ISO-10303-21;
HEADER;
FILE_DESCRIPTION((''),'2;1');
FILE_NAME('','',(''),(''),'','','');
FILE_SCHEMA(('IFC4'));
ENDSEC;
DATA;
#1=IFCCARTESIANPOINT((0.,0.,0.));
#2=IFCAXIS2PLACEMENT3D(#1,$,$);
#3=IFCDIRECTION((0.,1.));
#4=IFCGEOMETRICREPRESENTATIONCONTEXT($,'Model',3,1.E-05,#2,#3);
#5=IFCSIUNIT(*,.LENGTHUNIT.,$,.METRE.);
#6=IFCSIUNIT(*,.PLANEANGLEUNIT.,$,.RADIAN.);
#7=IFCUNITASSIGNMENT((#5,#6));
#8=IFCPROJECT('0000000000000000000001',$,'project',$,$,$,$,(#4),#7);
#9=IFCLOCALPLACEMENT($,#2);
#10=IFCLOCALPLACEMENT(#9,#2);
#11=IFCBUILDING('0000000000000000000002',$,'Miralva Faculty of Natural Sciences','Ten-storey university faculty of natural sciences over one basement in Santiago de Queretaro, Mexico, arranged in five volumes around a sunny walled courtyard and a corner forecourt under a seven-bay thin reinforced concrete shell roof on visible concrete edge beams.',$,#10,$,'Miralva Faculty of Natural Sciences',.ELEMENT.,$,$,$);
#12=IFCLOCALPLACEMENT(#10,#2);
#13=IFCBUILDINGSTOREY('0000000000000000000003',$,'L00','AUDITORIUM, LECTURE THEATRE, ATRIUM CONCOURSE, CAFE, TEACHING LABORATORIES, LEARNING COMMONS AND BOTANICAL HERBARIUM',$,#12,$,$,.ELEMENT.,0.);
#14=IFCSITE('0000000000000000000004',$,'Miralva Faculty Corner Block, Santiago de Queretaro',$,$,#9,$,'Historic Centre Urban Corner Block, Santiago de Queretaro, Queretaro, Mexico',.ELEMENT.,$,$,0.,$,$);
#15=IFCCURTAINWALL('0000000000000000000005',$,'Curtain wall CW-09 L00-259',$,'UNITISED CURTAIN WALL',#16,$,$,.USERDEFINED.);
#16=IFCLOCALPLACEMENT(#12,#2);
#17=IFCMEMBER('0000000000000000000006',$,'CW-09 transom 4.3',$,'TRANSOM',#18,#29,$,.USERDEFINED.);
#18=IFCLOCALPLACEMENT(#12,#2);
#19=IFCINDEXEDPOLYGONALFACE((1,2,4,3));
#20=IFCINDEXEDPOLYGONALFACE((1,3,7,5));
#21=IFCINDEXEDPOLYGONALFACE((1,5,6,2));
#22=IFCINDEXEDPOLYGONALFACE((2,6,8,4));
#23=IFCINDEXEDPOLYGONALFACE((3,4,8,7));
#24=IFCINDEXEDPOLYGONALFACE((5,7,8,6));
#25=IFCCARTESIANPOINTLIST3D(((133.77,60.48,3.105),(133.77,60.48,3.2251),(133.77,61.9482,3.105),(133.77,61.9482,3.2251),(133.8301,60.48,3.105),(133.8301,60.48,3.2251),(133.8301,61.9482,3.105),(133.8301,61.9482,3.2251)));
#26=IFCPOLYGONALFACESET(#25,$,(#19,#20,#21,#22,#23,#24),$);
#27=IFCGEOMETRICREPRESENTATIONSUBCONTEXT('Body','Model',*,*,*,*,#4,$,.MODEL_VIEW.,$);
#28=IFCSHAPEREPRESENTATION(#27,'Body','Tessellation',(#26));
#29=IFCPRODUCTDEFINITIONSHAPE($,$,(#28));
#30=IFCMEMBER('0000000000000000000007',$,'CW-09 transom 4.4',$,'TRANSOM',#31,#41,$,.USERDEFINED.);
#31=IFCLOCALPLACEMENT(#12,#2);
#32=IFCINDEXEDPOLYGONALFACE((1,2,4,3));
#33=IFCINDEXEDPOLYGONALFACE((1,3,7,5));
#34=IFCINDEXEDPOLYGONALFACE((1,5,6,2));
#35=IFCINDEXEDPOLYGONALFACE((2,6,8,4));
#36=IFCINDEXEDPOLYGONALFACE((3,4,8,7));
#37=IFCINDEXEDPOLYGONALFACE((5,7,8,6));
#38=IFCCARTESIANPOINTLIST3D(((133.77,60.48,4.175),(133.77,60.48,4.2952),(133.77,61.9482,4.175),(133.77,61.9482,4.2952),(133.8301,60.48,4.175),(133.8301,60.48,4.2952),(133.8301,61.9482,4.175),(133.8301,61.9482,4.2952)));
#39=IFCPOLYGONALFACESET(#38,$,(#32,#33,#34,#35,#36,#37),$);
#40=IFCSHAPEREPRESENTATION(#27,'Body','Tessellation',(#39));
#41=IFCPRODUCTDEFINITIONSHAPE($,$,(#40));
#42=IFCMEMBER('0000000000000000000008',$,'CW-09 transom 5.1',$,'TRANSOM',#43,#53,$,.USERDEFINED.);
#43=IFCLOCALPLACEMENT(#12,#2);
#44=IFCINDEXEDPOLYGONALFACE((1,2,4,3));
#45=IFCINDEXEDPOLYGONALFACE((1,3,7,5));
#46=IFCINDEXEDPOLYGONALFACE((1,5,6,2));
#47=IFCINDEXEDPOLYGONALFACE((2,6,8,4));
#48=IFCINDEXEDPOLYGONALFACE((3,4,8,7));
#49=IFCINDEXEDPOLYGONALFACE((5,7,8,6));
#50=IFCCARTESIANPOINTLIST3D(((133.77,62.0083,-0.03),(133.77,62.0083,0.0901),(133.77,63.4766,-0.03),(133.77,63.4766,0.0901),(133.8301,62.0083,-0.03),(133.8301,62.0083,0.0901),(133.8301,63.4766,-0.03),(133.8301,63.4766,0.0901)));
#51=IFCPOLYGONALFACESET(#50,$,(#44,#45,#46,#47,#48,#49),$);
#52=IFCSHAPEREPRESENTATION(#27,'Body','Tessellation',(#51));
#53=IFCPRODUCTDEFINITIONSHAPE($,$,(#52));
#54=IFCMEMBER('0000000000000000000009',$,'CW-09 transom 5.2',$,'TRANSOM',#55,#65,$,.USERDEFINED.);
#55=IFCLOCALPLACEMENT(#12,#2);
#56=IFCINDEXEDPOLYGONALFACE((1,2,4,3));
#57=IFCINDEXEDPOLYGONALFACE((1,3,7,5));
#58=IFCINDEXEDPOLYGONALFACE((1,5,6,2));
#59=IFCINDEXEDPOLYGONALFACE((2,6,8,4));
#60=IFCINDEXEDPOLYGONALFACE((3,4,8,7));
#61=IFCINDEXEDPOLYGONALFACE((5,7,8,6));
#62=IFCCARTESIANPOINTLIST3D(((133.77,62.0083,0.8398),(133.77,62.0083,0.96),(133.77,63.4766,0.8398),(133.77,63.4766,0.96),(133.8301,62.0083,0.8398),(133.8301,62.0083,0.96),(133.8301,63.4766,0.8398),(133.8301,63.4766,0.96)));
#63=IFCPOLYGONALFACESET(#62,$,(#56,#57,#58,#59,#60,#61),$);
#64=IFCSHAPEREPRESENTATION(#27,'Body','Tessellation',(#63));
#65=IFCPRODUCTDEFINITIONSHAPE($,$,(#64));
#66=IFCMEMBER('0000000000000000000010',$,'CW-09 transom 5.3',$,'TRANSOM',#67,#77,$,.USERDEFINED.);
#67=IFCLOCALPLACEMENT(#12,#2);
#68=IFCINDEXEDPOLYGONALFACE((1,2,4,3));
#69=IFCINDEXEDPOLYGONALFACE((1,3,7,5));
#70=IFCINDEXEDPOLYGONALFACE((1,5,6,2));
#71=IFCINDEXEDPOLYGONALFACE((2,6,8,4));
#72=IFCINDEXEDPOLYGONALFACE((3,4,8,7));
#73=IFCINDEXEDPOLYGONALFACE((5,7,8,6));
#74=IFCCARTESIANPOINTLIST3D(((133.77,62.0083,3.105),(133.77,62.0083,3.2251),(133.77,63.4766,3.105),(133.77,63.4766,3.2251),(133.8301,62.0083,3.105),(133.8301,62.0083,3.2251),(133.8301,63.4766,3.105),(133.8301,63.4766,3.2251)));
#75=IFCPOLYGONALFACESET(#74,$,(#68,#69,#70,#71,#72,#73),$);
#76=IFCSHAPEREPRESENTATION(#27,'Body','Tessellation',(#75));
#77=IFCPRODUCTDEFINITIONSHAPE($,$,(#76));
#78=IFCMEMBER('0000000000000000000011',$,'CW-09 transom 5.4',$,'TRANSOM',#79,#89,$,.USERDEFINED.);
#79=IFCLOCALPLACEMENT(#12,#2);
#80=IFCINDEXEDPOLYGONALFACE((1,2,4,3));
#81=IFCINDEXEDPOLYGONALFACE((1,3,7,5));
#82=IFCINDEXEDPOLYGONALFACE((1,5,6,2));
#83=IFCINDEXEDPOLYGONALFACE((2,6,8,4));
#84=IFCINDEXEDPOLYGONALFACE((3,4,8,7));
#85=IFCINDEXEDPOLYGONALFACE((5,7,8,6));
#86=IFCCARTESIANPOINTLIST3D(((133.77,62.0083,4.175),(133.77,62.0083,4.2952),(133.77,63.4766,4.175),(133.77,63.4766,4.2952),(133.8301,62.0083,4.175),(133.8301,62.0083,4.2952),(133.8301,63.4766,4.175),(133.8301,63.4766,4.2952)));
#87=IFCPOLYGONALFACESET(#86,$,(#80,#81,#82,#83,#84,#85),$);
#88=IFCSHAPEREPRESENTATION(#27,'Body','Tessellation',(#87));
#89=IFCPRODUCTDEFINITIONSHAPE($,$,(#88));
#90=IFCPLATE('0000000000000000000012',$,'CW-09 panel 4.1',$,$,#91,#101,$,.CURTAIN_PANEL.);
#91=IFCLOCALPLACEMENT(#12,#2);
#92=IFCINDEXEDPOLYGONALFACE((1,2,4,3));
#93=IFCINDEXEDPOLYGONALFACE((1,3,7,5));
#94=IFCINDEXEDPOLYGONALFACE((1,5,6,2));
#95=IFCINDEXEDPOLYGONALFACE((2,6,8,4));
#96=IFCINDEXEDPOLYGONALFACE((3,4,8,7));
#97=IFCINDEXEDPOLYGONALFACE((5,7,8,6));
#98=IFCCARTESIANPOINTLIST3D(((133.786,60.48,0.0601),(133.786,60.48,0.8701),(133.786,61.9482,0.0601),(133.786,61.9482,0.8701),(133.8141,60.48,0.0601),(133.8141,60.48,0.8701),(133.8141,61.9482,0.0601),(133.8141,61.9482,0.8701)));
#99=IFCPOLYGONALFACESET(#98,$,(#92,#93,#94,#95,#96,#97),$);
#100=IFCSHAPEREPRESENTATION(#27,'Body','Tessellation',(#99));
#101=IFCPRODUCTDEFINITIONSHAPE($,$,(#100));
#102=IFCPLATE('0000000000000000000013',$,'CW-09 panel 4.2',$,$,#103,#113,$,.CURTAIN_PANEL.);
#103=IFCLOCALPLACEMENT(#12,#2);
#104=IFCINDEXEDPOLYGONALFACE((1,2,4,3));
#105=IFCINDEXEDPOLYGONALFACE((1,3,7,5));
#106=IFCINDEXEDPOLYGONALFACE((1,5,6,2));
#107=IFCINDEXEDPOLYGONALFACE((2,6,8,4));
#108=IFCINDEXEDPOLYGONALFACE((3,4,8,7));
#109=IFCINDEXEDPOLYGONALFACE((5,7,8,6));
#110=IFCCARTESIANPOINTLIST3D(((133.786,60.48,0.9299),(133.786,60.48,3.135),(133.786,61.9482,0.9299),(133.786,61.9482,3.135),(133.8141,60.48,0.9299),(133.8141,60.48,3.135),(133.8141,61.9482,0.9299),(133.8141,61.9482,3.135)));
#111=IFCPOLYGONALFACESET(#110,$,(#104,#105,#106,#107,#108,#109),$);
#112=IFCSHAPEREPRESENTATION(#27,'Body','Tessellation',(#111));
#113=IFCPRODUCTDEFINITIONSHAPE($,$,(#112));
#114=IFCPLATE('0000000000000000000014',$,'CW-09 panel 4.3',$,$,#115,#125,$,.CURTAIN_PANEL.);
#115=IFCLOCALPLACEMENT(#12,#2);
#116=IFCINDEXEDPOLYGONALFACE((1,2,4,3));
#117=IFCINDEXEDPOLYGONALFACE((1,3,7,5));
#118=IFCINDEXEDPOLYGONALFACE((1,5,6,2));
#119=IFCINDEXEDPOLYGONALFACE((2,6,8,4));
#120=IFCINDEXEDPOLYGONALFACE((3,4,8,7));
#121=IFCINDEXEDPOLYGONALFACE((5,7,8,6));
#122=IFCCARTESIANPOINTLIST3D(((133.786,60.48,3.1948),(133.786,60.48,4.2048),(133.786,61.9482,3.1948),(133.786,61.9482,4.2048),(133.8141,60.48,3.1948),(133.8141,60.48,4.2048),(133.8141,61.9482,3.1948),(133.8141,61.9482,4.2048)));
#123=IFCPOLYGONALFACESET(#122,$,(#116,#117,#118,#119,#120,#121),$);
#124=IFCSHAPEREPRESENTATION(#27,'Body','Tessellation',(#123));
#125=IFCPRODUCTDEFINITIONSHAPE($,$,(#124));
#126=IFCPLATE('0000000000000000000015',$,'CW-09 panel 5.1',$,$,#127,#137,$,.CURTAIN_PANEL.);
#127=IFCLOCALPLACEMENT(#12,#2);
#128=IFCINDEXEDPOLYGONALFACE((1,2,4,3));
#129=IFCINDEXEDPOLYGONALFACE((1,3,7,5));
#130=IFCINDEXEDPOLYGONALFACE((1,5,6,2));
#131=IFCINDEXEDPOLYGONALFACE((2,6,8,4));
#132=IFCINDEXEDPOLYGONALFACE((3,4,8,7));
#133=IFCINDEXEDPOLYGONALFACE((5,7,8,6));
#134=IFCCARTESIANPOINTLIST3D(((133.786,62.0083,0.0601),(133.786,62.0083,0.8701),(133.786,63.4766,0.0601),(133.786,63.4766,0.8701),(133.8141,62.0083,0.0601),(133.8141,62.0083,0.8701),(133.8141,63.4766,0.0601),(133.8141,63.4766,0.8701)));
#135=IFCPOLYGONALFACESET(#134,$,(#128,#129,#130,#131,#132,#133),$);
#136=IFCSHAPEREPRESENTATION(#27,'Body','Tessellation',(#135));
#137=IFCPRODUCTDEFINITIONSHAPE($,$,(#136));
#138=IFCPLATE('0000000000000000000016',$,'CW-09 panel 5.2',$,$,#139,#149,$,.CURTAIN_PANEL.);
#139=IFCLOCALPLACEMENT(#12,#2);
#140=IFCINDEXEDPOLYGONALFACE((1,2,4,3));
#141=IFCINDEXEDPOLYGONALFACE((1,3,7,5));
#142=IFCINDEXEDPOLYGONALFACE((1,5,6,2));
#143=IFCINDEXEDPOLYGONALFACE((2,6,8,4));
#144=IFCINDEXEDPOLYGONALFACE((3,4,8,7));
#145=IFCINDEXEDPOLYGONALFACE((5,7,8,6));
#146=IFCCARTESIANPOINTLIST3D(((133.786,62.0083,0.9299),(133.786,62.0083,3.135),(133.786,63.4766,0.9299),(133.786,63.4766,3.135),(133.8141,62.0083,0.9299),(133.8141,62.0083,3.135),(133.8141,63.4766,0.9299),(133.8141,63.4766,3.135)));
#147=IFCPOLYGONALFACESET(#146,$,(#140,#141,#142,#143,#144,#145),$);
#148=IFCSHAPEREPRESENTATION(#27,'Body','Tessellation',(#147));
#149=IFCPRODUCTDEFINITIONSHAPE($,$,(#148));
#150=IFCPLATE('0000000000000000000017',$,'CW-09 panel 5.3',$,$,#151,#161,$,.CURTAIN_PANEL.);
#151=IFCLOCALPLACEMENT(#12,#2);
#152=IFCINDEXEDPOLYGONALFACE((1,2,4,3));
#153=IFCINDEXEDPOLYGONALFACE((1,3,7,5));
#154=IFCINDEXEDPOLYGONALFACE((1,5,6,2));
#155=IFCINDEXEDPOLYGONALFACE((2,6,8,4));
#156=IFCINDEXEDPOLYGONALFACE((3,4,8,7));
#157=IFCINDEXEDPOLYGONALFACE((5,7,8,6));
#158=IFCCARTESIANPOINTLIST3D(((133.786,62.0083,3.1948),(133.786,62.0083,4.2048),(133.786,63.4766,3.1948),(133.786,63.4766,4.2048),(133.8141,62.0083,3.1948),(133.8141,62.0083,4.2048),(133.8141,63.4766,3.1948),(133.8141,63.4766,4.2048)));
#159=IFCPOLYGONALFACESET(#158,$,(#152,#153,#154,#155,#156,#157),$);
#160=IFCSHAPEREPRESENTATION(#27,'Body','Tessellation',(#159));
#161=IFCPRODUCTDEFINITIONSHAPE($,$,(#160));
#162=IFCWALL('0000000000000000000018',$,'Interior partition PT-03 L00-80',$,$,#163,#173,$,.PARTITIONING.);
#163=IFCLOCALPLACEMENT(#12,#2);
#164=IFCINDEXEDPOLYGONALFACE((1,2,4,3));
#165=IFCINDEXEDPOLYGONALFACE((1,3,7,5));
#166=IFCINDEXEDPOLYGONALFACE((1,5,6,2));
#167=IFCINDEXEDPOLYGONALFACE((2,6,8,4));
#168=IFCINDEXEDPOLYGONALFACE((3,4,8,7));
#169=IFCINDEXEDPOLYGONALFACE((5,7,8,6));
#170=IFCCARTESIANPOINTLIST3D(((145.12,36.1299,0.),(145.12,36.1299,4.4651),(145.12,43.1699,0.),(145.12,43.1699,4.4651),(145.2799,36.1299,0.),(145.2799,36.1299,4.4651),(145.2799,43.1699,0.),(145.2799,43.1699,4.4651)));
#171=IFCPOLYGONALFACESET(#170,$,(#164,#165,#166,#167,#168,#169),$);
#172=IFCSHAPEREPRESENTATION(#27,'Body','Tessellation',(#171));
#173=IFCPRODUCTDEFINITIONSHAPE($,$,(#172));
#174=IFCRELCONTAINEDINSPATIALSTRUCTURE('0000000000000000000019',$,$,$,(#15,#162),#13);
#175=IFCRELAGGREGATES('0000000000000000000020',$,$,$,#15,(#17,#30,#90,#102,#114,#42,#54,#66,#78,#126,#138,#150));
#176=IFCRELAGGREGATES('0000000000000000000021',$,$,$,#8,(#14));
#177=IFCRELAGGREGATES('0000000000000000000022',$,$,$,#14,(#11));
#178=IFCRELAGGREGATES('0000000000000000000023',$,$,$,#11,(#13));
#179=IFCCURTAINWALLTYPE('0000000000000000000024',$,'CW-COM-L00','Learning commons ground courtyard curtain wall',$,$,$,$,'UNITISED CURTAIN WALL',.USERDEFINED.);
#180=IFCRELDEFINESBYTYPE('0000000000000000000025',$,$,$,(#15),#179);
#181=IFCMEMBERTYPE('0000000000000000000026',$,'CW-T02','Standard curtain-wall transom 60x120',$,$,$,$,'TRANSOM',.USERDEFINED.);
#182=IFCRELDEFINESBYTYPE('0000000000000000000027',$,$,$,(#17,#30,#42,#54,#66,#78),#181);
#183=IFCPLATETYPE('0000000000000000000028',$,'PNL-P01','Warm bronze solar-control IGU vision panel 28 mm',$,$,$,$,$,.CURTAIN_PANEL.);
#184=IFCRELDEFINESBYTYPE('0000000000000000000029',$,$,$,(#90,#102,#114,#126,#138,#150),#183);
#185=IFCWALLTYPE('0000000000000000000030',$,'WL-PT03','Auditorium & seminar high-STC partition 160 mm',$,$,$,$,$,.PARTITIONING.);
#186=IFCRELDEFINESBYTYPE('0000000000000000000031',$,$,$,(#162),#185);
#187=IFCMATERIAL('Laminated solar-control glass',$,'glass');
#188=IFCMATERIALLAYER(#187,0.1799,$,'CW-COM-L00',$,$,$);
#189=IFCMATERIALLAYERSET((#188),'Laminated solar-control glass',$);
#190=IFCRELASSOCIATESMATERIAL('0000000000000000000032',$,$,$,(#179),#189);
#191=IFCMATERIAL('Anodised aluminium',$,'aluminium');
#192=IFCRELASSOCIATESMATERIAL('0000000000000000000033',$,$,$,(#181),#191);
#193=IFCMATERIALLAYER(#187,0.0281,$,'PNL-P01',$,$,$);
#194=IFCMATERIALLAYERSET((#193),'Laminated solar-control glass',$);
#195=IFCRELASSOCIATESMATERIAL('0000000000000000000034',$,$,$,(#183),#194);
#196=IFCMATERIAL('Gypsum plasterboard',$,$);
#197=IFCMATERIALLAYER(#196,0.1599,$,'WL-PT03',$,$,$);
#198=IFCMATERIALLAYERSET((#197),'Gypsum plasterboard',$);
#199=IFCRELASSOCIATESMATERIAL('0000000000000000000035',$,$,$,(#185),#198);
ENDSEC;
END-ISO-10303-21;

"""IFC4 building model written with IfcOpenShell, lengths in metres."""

from ifc_helpers import new_model, si_unit, direction, frame, frame_2d, origin, origin_2d, place, context, subcontext, project, spatial, rectangle, extrude, material, layer, layer_set, material_profile, profile_set, type_object, element, aggregate, save


model = new_model("IFC4")

# Units and contexts
model_context = context("Model", 3, precision=1e-05, world=origin(), true_north=direction((0.0, 1.0)))
body_context = subcontext(model_context, "Body", "Model", "MODEL_VIEW")
ifc_project = project(units=[si_unit("LENGTHUNIT", "METRE"), si_unit("PLANEANGLEUNIT", "RADIAN")], contexts=[model_context])

# Site, building, storey
site_placement = place(None, origin())
site = spatial("IfcSite", under=ifc_project, at=site_placement, Name="Miralva Faculty Corner Block, Santiago de Queretaro", LongName="Historic Centre Urban Corner Block, Santiago de Queretaro, Queretaro, Mexico", CompositionType="ELEMENT", RefElevation=0.0)
building_placement = place(site_placement, origin())
building = spatial("IfcBuilding", under=site, at=building_placement, Name="Miralva Faculty of Natural Sciences", Description="Ten-storey university faculty of natural sciences over one basement in Santiago de Queretaro, Mexico, arranged in five volumes around a sunny walled courtyard and a corner forecourt under a seven-bay thin reinforced concrete shell roof on visible concrete edge beams.", LongName="Miralva Faculty of Natural Sciences", CompositionType="ELEMENT")
storey_placement = place(building_placement, origin())
storey = spatial("IfcBuildingStorey", under=building, at=storey_placement, Name="L00", Description="AUDITORIUM, LECTURE THEATRE, ATRIUM CONCOURSE, CAFE, TEACHING LABORATORIES, LEARNING COMMONS AND BOTANICAL HERBARIUM", CompositionType="ELEMENT", Elevation=0.0)

# Curtain wall, members, plates
ifc_material_1 = material(Name="Laminated solar-control glass", Category="glass")
ifc_layer_1 = layer(ifc_material_1, 0.1799, Name="CW-COM-L00")
ifc_layer_set_1 = layer_set([ifc_layer_1], Name="Laminated solar-control glass")
curtain_wall_type = type_object("IfcCurtainWallType", Name="CW-COM-L00", Description="Learning commons ground courtyard curtain wall", ElementType="UNITISED CURTAIN WALL", PredefinedType="USERDEFINED", material=ifc_layer_set_1)
curtain_wall_placement = place(storey_placement, origin())
curtain_wall = element("IfcCurtainWall", 1, at=curtain_wall_placement, inside=storey, type_object=curtain_wall_type, Name="Curtain wall CW-09 L00-259", ObjectType="UNITISED CURTAIN WALL", PredefinedType="USERDEFINED")
ifc_material_2 = material(Name="Anodised aluminium", Category="aluminium")
ifc_material_profile_1 = material_profile(ifc_material_2, rectangle(XDim=0.0601, YDim=0.1201, at=origin_2d()), Name="TRANSOM 60x120")
ifc_profile_set_1 = profile_set([ifc_material_profile_1], Name="Anodised aluminium")
member_type_1 = type_object("IfcMemberType", Name="CW-T02", Description="Standard curtain-wall transom 60x120", ElementType="TRANSOM", PredefinedType="USERDEFINED", material=ifc_profile_set_1)
member_1_placement = place(storey_placement, frame((133.8, 60.48, 3.165), z_axis=(0.0, 1.0, 0.0), x_axis=(-1.0, 0.0, 0.0)))
member_1 = element("IfcMember", 2, at=member_1_placement, type_object=member_type_1, Name="CW-09 transom 4.3", ObjectType="TRANSOM", PredefinedType="USERDEFINED", context=body_context, shape_type="SweptSolid", body=[
    extrude(rectangle(XDim=0.0601, YDim=0.1201, at=origin_2d()), origin(), (0.0, 0.0, 1.0), 1.4683),
])
member_2_placement = place(storey_placement, frame((133.8, 60.48, 4.2351), z_axis=(0.0, 1.0, 0.0), x_axis=(-1.0, 0.0, 0.0)))
member_2 = element("IfcMember", 3, at=member_2_placement, type_object=member_type_1, Name="CW-09 transom 4.4", ObjectType="TRANSOM", PredefinedType="USERDEFINED", context=body_context, shape_type="SweptSolid", body=[
    extrude(rectangle(XDim=0.0601, YDim=0.1201, at=origin_2d()), origin(), (0.0, 0.0, 1.0), 1.4683),
])
member_3_placement = place(storey_placement, frame((133.8, 62.0083, 0.03), z_axis=(0.0, 1.0, 0.0), x_axis=(-1.0, 0.0, 0.0)))
member_3 = element("IfcMember", 4, at=member_3_placement, type_object=member_type_1, Name="CW-09 transom 5.1", ObjectType="TRANSOM", PredefinedType="USERDEFINED", context=body_context, shape_type="SweptSolid", body=[
    extrude(rectangle(XDim=0.0601, YDim=0.1201, at=origin_2d()), origin(), (0.0, 0.0, 1.0), 1.4683),
])
member_4_placement = place(storey_placement, frame((133.8, 62.0083, 0.8999), z_axis=(0.0, 1.0, 0.0), x_axis=(-1.0, 0.0, 0.0)))
member_4 = element("IfcMember", 5, at=member_4_placement, type_object=member_type_1, Name="CW-09 transom 5.2", ObjectType="TRANSOM", PredefinedType="USERDEFINED", context=body_context, shape_type="SweptSolid", body=[
    extrude(rectangle(XDim=0.0601, YDim=0.1201, at=origin_2d()), origin(), (0.0, 0.0, 1.0), 1.4683),
])
member_5_placement = place(storey_placement, frame((133.8, 62.0083, 3.165), z_axis=(0.0, 1.0, 0.0), x_axis=(-1.0, 0.0, 0.0)))
member_5 = element("IfcMember", 6, at=member_5_placement, type_object=member_type_1, Name="CW-09 transom 5.3", ObjectType="TRANSOM", PredefinedType="USERDEFINED", context=body_context, shape_type="SweptSolid", body=[
    extrude(rectangle(XDim=0.0601, YDim=0.1201, at=origin_2d()), origin(), (0.0, 0.0, 1.0), 1.4683),
])
member_6_placement = place(storey_placement, frame((133.8, 62.0083, 4.2351), z_axis=(0.0, 1.0, 0.0), x_axis=(-1.0, 0.0, 0.0)))
member_6 = element("IfcMember", 7, at=member_6_placement, type_object=member_type_1, Name="CW-09 transom 5.4", ObjectType="TRANSOM", PredefinedType="USERDEFINED", context=body_context, shape_type="SweptSolid", body=[
    extrude(rectangle(XDim=0.0601, YDim=0.1201, at=origin_2d()), origin(), (0.0, 0.0, 1.0), 1.4683),
])
ifc_layer_2 = layer(ifc_material_1, 0.0281, Name="PNL-P01")
ifc_layer_set_2 = layer_set([ifc_layer_2], Name="Laminated solar-control glass")
plate_type = type_object("IfcPlateType", Name="PNL-P01", Description="Warm bronze solar-control IGU vision panel 28 mm", PredefinedType="CURTAIN_PANEL", material=ifc_layer_set_2)
plate_1_placement = place(storey_placement, frame((133.8, 61.2141, 0.0601), z_axis=(0.0, 0.0, 1.0), x_axis=(0.0, 1.0, 0.0)))
plate_1 = element("IfcPlate", 8, at=plate_1_placement, type_object=plate_type, Name="CW-09 panel 4.1", PredefinedType="CURTAIN_PANEL", context=body_context, shape_type="SweptSolid", body=[
    extrude(rectangle(XDim=1.4683, YDim=0.0281, at=origin_2d()), origin(), (0.0, 0.0, 1.0), 0.8101),
])
plate_2_placement = place(storey_placement, frame((133.8, 61.2141, 0.9299), z_axis=(0.0, 0.0, 1.0), x_axis=(0.0, 1.0, 0.0)))
plate_2 = element("IfcPlate", 9, at=plate_2_placement, type_object=plate_type, Name="CW-09 panel 4.2", PredefinedType="CURTAIN_PANEL", context=body_context, shape_type="SweptSolid", body=[
    extrude(rectangle(XDim=1.4683, YDim=0.0281, at=origin_2d()), origin(), (0.0, 0.0, 1.0), 2.2051),
])
plate_3_placement = place(storey_placement, frame((133.8, 61.2141, 3.1948), z_axis=(0.0, 0.0, 1.0), x_axis=(0.0, 1.0, 0.0)))
plate_3 = element("IfcPlate", 10, at=plate_3_placement, type_object=plate_type, Name="CW-09 panel 4.3", PredefinedType="CURTAIN_PANEL", context=body_context, shape_type="SweptSolid", body=[
    extrude(rectangle(XDim=1.4683, YDim=0.0281, at=origin_2d()), origin(), (0.0, 0.0, 1.0), 1.01),
])
plate_4_placement = place(storey_placement, frame((133.8, 62.7424, 0.0601), z_axis=(0.0, 0.0, 1.0), x_axis=(0.0, 1.0, 0.0)))
plate_4 = element("IfcPlate", 11, at=plate_4_placement, type_object=plate_type, Name="CW-09 panel 5.1", PredefinedType="CURTAIN_PANEL", context=body_context, shape_type="SweptSolid", body=[
    extrude(rectangle(XDim=1.4683, YDim=0.0281, at=origin_2d()), origin(), (0.0, 0.0, 1.0), 0.8101),
])
plate_5_placement = place(storey_placement, frame((133.8, 62.7424, 0.9299), z_axis=(0.0, 0.0, 1.0), x_axis=(0.0, 1.0, 0.0)))
plate_5 = element("IfcPlate", 12, at=plate_5_placement, type_object=plate_type, Name="CW-09 panel 5.2", PredefinedType="CURTAIN_PANEL", context=body_context, shape_type="SweptSolid", body=[
    extrude(rectangle(XDim=1.4683, YDim=0.0281, at=origin_2d()), origin(), (0.0, 0.0, 1.0), 2.2051),
])
plate_6_placement = place(storey_placement, frame((133.8, 62.7424, 3.1948), z_axis=(0.0, 0.0, 1.0), x_axis=(0.0, 1.0, 0.0)))
plate_6 = element("IfcPlate", 13, at=plate_6_placement, type_object=plate_type, Name="CW-09 panel 5.3", PredefinedType="CURTAIN_PANEL", context=body_context, shape_type="SweptSolid", body=[
    extrude(rectangle(XDim=1.4683, YDim=0.0281, at=origin_2d()), origin(), (0.0, 0.0, 1.0), 1.01),
])
aggregate(curtain_wall, [member_1, member_2, plate_1, plate_2, plate_3, member_3, member_4, member_5, member_6, plate_4, plate_5, plate_6])

# Wall
ifc_material_3 = material(Name="Gypsum plasterboard")
ifc_layer_3 = layer(ifc_material_3, 0.1599, Name="WL-PT03")
ifc_layer_set_3 = layer_set([ifc_layer_3], Name="Gypsum plasterboard")
wall_type_1 = type_object("IfcWallType", Name="WL-PT03", Description="Auditorium & seminar high-STC partition 160 mm", PredefinedType="PARTITIONING", material=ifc_layer_set_3)
wall_1_placement = place(storey_placement, frame((145.2, 36.1299, 0.0), z_axis=(0.0, 0.0, 1.0), x_axis=(0.0, 1.0, 0.0)))
element("IfcWall", 14, at=wall_1_placement, inside=storey, type_object=wall_type_1, Name="Interior partition PT-03 L00-80", PredefinedType="PARTITIONING", context=body_context, shape_type="SweptSolid", body=[
    extrude(rectangle(XDim=7.04, YDim=0.1599, at=frame_2d((3.52, 0.0))), origin(), (0.0, 0.0, 1.0), 4.4651),
])

save(model, "model.ifc")
